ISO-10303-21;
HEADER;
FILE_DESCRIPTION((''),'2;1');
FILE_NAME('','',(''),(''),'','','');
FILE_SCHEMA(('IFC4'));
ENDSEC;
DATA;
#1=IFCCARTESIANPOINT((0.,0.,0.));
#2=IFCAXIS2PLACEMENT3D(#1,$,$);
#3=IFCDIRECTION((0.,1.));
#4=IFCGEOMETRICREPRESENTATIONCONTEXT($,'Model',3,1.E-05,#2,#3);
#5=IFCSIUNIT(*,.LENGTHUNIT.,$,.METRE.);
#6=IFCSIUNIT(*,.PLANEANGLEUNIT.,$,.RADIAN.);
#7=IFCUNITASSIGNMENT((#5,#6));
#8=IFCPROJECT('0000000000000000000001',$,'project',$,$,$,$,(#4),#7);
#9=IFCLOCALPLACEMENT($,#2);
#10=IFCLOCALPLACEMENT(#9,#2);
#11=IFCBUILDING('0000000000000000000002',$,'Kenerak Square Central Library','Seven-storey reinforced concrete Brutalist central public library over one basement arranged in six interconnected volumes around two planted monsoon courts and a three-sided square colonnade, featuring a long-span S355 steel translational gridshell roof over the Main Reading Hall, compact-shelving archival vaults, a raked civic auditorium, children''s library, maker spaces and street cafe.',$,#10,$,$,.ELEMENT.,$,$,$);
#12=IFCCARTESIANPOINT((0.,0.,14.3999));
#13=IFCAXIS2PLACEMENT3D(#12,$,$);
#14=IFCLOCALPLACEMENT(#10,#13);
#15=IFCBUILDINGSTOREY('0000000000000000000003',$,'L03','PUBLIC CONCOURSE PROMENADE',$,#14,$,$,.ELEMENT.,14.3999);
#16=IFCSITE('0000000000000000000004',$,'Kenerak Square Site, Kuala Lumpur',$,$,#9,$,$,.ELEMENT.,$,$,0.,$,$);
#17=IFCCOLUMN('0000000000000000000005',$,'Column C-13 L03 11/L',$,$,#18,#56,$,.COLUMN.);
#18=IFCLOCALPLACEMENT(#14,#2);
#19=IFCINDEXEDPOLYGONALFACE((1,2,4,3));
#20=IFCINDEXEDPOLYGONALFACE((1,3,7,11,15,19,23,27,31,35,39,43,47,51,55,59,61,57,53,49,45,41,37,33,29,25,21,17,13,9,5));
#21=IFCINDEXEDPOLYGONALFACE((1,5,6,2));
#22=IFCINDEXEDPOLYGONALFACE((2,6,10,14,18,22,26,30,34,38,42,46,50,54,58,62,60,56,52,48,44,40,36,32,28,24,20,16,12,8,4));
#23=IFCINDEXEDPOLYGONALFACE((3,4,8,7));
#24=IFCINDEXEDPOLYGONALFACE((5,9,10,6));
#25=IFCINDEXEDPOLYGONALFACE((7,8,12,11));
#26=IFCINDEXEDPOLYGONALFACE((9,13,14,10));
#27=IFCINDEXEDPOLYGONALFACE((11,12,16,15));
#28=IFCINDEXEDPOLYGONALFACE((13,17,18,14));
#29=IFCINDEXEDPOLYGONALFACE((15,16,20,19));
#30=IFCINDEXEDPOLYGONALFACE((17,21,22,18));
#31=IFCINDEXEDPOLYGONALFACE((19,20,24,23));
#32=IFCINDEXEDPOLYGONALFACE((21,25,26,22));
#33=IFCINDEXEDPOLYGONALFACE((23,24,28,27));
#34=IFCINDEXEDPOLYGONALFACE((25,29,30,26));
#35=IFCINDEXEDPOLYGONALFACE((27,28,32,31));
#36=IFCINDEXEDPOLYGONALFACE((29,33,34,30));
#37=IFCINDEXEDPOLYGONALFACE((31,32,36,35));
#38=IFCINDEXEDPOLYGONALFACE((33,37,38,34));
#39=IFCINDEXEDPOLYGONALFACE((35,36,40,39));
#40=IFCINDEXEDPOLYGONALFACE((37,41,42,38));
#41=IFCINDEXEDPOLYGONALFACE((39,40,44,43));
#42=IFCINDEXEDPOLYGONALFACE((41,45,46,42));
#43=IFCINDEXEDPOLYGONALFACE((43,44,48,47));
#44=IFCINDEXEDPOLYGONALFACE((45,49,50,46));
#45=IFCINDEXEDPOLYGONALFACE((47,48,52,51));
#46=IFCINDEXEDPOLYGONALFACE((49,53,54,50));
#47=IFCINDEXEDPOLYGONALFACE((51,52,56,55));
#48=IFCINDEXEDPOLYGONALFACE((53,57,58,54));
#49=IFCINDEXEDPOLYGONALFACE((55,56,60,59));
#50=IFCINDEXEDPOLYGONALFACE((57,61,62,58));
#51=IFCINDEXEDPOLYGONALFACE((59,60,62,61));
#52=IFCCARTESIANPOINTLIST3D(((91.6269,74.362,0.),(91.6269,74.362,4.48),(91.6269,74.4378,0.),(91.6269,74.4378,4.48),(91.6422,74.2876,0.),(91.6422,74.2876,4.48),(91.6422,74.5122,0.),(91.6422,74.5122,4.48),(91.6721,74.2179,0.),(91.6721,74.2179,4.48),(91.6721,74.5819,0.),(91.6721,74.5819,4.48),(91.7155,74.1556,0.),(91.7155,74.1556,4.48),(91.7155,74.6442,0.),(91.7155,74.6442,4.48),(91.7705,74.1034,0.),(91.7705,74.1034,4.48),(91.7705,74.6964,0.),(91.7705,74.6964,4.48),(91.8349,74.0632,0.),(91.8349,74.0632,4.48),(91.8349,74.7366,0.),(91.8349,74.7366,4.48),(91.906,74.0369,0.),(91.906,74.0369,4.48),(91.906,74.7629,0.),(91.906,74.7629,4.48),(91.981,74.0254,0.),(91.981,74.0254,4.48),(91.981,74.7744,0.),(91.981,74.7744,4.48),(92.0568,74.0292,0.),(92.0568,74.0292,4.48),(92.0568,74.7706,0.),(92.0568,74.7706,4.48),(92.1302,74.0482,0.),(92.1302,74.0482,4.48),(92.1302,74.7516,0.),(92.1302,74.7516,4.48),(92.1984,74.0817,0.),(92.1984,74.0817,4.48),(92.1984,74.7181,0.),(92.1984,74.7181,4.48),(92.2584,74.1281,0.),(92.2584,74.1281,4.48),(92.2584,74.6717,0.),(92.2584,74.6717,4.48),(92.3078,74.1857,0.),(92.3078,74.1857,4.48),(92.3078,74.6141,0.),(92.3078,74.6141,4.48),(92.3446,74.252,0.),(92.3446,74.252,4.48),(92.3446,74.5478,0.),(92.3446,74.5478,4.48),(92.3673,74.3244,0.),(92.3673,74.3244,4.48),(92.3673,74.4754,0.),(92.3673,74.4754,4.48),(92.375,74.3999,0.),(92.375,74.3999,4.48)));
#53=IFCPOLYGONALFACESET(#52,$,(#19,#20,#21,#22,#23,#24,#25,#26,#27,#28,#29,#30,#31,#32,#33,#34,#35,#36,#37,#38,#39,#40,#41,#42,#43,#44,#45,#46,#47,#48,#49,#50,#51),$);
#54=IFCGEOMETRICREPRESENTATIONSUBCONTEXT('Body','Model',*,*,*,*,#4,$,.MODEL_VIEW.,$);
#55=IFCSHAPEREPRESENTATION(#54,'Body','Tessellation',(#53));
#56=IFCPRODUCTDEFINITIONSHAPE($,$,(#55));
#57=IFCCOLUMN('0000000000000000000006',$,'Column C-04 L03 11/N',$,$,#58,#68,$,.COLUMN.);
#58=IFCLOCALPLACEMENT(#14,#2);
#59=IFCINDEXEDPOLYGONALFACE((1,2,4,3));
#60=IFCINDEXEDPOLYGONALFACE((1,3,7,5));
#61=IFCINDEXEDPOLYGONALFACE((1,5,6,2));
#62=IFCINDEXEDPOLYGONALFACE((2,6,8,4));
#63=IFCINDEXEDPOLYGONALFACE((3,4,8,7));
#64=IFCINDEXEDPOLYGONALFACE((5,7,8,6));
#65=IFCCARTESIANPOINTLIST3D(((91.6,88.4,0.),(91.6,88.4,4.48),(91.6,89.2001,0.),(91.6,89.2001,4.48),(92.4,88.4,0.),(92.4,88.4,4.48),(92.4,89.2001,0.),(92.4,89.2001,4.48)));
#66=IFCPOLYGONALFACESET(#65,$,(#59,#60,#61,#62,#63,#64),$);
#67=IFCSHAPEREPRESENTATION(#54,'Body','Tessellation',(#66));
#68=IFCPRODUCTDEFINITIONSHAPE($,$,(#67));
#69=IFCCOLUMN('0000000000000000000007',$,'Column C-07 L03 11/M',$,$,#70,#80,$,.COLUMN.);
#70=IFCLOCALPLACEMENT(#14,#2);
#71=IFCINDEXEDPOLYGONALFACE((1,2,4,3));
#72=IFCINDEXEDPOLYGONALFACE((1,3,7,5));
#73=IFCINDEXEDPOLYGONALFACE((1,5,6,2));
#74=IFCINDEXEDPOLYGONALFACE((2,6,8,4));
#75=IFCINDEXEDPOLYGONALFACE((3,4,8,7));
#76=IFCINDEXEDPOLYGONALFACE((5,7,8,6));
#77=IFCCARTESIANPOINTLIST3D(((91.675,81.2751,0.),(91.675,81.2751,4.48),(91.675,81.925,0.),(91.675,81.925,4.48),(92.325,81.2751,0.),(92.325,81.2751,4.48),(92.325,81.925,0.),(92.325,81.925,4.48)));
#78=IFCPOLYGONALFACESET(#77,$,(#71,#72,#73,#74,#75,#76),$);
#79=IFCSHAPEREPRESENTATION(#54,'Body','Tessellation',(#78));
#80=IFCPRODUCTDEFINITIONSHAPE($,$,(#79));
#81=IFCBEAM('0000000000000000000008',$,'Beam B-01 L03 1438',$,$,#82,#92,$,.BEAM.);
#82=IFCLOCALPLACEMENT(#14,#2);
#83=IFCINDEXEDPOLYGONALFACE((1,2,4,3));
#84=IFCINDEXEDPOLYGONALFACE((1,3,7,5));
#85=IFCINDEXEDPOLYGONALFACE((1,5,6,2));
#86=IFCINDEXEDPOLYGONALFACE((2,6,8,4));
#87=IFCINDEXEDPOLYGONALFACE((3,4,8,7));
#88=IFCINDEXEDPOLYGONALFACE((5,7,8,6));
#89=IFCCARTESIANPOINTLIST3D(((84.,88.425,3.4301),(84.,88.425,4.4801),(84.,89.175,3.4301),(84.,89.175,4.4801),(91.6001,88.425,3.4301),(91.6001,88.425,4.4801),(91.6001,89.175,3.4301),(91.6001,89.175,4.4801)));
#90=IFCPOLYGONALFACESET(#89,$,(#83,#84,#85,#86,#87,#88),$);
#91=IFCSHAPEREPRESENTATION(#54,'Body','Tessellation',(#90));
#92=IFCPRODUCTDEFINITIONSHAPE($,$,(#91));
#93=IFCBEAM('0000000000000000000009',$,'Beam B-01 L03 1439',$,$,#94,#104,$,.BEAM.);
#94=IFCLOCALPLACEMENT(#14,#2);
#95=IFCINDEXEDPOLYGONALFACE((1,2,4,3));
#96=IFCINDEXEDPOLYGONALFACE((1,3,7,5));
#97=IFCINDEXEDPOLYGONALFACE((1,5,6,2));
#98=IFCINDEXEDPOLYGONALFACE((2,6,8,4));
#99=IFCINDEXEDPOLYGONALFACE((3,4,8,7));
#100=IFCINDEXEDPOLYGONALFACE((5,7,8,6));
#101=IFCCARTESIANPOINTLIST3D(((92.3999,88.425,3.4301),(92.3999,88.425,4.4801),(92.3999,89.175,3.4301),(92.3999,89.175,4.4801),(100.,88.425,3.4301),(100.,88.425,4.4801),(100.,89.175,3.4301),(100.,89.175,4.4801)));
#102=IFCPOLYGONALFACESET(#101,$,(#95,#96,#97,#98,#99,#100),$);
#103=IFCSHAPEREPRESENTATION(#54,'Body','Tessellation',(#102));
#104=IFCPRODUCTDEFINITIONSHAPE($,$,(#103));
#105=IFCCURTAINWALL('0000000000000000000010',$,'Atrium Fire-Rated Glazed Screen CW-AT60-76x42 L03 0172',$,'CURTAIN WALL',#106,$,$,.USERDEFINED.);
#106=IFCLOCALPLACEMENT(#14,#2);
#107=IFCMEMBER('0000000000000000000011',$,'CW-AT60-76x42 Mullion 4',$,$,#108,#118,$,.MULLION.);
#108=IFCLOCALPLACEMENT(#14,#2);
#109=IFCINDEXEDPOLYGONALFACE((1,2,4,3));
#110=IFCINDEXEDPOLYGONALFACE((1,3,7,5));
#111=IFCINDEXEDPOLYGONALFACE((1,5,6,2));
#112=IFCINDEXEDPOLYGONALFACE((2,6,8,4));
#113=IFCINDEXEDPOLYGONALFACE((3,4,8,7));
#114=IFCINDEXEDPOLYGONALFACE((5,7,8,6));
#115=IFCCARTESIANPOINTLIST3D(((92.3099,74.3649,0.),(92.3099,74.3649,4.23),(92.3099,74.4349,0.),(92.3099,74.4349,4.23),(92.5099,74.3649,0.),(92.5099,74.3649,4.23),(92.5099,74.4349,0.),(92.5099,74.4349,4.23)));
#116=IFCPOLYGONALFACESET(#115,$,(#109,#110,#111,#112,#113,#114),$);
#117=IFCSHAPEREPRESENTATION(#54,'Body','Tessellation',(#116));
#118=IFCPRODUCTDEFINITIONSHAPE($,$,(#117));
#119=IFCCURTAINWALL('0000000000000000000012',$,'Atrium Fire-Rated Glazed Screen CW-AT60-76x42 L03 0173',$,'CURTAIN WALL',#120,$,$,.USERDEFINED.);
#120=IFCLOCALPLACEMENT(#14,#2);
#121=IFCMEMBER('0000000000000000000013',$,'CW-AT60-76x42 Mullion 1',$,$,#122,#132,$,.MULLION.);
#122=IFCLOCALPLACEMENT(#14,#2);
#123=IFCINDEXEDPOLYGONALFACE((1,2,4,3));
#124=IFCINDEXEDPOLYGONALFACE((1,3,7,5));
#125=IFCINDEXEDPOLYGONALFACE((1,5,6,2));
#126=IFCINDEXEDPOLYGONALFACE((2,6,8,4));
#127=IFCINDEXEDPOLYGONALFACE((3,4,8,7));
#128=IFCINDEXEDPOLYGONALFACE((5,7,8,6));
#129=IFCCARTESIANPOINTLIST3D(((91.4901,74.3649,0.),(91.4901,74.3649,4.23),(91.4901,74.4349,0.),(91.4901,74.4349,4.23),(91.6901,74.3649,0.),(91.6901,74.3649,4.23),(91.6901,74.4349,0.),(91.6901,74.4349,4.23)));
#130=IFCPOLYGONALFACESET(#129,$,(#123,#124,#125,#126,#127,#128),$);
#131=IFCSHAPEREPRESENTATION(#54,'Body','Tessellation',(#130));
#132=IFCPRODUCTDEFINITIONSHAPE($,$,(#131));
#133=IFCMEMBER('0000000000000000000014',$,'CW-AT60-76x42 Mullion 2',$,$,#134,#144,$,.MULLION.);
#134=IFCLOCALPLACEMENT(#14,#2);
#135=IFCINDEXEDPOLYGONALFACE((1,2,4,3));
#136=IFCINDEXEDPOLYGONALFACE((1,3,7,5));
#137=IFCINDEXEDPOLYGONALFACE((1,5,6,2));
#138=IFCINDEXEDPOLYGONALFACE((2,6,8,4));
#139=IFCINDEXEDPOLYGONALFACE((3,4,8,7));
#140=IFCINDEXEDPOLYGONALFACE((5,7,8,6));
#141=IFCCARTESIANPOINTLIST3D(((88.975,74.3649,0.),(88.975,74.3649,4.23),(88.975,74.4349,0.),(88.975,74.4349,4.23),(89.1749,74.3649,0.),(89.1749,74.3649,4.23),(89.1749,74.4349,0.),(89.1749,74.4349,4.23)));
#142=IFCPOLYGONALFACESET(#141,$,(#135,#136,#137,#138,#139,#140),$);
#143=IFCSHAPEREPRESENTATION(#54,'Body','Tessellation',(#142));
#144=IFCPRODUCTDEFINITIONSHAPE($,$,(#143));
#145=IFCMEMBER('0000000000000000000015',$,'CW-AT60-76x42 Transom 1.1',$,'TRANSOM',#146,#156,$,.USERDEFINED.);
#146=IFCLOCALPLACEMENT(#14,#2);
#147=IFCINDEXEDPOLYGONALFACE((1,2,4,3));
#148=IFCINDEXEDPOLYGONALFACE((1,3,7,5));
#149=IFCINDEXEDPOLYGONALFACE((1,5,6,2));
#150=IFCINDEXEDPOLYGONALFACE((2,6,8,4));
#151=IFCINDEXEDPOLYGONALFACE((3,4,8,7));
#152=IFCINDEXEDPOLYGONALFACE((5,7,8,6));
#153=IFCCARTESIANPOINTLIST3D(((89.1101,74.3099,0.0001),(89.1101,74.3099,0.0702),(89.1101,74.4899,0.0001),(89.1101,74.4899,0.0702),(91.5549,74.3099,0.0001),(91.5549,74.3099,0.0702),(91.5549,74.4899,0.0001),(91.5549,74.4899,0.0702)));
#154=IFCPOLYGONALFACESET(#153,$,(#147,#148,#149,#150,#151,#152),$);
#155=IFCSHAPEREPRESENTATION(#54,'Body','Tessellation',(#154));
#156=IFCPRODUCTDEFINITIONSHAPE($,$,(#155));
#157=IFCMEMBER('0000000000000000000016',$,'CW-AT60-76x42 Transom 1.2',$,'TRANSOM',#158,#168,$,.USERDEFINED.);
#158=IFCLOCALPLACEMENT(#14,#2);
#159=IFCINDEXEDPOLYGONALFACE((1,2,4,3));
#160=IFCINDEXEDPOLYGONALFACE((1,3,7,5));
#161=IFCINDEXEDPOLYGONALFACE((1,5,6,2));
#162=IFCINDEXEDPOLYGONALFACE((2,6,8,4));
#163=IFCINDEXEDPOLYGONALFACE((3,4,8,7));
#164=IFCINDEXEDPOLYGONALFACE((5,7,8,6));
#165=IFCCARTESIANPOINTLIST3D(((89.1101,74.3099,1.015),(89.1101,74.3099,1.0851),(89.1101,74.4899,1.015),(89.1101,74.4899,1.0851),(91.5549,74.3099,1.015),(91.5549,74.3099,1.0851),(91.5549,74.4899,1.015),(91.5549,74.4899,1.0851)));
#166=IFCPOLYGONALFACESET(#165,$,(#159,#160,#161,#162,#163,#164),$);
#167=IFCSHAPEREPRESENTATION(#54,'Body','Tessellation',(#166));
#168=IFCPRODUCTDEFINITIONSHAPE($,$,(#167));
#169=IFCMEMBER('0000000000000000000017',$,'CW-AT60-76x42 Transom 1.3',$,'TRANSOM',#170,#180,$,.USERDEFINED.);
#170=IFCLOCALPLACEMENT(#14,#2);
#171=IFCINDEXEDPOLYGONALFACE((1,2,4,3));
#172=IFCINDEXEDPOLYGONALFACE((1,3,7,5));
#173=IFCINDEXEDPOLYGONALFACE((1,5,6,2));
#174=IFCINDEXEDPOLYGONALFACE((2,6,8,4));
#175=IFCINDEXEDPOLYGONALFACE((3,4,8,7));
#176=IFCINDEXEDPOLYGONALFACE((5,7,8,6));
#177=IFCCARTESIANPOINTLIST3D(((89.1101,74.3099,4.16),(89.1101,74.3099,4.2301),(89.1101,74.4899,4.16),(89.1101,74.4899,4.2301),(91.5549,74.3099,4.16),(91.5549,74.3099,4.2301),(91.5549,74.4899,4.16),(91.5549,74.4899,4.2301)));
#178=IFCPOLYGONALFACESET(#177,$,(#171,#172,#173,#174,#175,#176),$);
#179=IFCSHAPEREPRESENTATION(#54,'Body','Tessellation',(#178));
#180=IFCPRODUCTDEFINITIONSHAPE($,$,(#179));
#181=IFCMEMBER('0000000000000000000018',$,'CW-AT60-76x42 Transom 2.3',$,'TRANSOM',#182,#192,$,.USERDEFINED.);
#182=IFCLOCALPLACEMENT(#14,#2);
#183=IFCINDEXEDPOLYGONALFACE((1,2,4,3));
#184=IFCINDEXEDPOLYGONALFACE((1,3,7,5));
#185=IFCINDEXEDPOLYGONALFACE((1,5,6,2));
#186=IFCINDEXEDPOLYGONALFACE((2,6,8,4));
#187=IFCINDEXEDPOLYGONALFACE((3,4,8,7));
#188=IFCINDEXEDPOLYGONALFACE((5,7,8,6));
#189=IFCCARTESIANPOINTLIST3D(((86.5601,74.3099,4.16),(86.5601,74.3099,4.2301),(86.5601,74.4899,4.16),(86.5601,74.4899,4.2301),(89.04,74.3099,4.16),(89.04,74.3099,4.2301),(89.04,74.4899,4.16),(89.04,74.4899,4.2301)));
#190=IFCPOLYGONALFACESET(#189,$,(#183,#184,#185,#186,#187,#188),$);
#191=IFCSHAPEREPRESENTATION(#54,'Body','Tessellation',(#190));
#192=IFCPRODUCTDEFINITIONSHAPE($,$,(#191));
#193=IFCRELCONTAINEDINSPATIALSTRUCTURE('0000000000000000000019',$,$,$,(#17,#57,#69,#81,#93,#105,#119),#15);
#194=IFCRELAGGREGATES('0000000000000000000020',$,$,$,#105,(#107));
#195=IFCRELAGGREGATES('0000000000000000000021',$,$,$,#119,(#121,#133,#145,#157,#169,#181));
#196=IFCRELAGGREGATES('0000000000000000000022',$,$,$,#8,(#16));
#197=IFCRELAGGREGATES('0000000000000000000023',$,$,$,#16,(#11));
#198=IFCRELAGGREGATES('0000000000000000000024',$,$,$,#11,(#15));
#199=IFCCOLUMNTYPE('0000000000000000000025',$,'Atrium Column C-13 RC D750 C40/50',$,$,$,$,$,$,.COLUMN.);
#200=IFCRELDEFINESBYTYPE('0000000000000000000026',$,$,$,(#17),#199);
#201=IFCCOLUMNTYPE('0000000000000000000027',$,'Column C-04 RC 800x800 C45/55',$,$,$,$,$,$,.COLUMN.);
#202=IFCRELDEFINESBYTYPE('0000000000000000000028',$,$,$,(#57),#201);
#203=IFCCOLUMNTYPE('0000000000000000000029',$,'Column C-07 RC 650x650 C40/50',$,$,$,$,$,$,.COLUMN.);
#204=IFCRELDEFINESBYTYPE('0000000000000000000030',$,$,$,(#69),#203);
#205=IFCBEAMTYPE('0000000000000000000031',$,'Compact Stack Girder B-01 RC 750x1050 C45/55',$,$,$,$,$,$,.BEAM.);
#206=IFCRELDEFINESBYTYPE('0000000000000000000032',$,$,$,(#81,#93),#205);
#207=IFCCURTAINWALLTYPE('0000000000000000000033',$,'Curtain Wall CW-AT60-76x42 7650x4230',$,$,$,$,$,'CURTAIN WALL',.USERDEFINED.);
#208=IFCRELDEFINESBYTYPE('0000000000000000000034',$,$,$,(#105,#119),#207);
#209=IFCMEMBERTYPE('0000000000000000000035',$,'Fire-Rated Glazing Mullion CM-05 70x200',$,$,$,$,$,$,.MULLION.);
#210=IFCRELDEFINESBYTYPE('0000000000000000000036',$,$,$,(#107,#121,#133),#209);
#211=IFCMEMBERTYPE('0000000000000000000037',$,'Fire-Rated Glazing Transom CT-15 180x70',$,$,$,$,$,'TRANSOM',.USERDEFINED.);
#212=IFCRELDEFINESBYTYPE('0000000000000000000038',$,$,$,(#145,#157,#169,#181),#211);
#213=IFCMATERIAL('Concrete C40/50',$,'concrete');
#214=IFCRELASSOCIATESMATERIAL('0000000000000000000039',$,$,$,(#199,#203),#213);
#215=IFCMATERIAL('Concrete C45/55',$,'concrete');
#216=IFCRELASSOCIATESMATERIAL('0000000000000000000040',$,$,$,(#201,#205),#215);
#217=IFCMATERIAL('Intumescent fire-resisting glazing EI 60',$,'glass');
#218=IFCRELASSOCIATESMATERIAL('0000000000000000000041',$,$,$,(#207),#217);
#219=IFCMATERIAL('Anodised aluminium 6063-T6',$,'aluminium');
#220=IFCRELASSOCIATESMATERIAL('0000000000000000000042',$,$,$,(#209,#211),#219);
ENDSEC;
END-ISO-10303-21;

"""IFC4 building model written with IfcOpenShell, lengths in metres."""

from ifc_helpers import new_model, si_unit, direction, frame, origin, origin_2d, place, context, subcontext, project, spatial, rectangle, circle, extrude, material, material_profile, profile_set, type_object, element, aggregate, save


model = new_model("IFC4")

# Units and contexts
model_context = context("Model", 3, precision=1e-05, world=origin(), true_north=direction((0.0, 1.0)))
body_context = subcontext(model_context, "Body", "Model", "MODEL_VIEW")
ifc_project = project(units=[si_unit("LENGTHUNIT", "METRE"), si_unit("PLANEANGLEUNIT", "RADIAN")], contexts=[model_context])

# Site, building, storey
site_placement = place(None, origin())
site = spatial("IfcSite", under=ifc_project, at=site_placement, Name="Kenerak Square Site, Kuala Lumpur", CompositionType="ELEMENT", RefElevation=0.0)
building_placement = place(site_placement, origin())
building = spatial("IfcBuilding", under=site, at=building_placement, Name="Kenerak Square Central Library", Description="Seven-storey reinforced concrete Brutalist central public library over one basement arranged in six interconnected volumes around two planted monsoon courts and a three-sided square colonnade, featuring a long-span S355 steel translational gridshell roof over the Main Reading Hall, compact-shelving archival vaults, a raked civic auditorium, children's library, maker spaces and street cafe.", CompositionType="ELEMENT")
storey_placement = place(building_placement, frame((0.0, 0.0, 14.3999)))
storey = spatial("IfcBuildingStorey", under=building, at=storey_placement, Name="L03", Description="PUBLIC CONCOURSE PROMENADE", CompositionType="ELEMENT", Elevation=14.3999)

# Columns
ifc_material_1 = material(Name="Concrete C40/50", Category="concrete")
ifc_material_profile_1 = material_profile(ifc_material_1, circle(Radius=0.375, at=origin_2d()), Name="RC D750")
ifc_profile_set_1 = profile_set([ifc_material_profile_1], Name="Concrete C40/50")
column_type_1 = type_object("IfcColumnType", Name="Atrium Column C-13 RC D750 C40/50", PredefinedType="COLUMN", material=ifc_profile_set_1)
column_1_placement = place(storey_placement, frame((92.0, 74.3999, 0.0), z_axis=(0.0, 0.0, 1.0), x_axis=(1.0, 0.0, 0.0)))
element("IfcColumn", 1, at=column_1_placement, inside=storey, type_object=column_type_1, Name="Column C-13 L03 11/L", PredefinedType="COLUMN", context=body_context, shape_type="SweptSolid", body=[
    extrude(circle(Radius=0.375, at=origin_2d()), origin(), (0.0, 0.0, 1.0), 4.48),
])
ifc_material_2 = material(Name="Concrete C45/55", Category="concrete")
ifc_material_profile_2 = material_profile(ifc_material_2, rectangle(XDim=0.8, YDim=0.8, at=origin_2d()), Name="RC 800x800")
ifc_profile_set_2 = profile_set([ifc_material_profile_2], Name="Concrete C45/55")
column_type_2 = type_object("IfcColumnType", Name="Column C-04 RC 800x800 C45/55", PredefinedType="COLUMN", material=ifc_profile_set_2)
column_2_placement = place(storey_placement, frame((92.0, 88.8, 0.0), z_axis=(0.0, 0.0, 1.0), x_axis=(1.0, 0.0, 0.0)))
element("IfcColumn", 2, at=column_2_placement, inside=storey, type_object=column_type_2, Name="Column C-04 L03 11/N", PredefinedType="COLUMN", context=body_context, shape_type="SweptSolid", body=[
    extrude(rectangle(XDim=0.8, YDim=0.8, at=origin_2d()), origin(), (0.0, 0.0, 1.0), 4.48),
])
ifc_material_profile_3 = material_profile(ifc_material_1, rectangle(XDim=0.6499, YDim=0.6499, at=origin_2d()), Name="RC 650x650")
ifc_profile_set_3 = profile_set([ifc_material_profile_3], Name="Concrete C40/50")
column_type_3 = type_object("IfcColumnType", Name="Column C-07 RC 650x650 C40/50", PredefinedType="COLUMN", material=ifc_profile_set_3)
column_3_placement = place(storey_placement, frame((92.0, 81.6001, 0.0), z_axis=(0.0, 0.0, 1.0), x_axis=(1.0, 0.0, 0.0)))
element("IfcColumn", 3, at=column_3_placement, inside=storey, type_object=column_type_3, Name="Column C-07 L03 11/M", PredefinedType="COLUMN", context=body_context, shape_type="SweptSolid", body=[
    extrude(rectangle(XDim=0.6499, YDim=0.6499, at=origin_2d()), origin(), (0.0, 0.0, 1.0), 4.48),
])

# Beams
ifc_material_profile_4 = material_profile(ifc_material_2, rectangle(XDim=0.75, YDim=1.05, at=origin_2d()), Name="RC 750x1050")
ifc_profile_set_4 = profile_set([ifc_material_profile_4], Name="Concrete C45/55")
beam_type_1 = type_object("IfcBeamType", Name="Compact Stack Girder B-01 RC 750x1050 C45/55", PredefinedType="BEAM", material=ifc_profile_set_4)
for number, where, z_axis, x_axis, name in (
    (4, (84.0, 88.8, 3.9551), (1.0, 0.0, 0.0), (0.0, 1.0, 0.0), "Beam B-01 L03 1438"),
    (5, (92.3999, 88.8, 3.9551), (1.0, 0.0, 0.0), (0.0, 1.0, 0.0), "Beam B-01 L03 1439"),
):
    element("IfcBeam", number, at=place(storey_placement, frame(where, z_axis=z_axis, x_axis=x_axis)), inside=storey, type_object=beam_type_1, Name=name, PredefinedType="BEAM", context=body_context, shape_type="SweptSolid", body=[
        extrude(rectangle(XDim=0.75, YDim=1.05, at=origin_2d()), origin(), (0.0, 0.0, 1.0), 7.6001),
    ])

# Curtain wall, member
ifc_material_3 = material(Name="Intumescent fire-resisting glazing EI 60", Category="glass")
curtain_wall_type = type_object("IfcCurtainWallType", Name="Curtain Wall CW-AT60-76x42 7650x4230", ElementType="CURTAIN WALL", PredefinedType="USERDEFINED", material=ifc_material_3)
curtain_wall_1_placement = place(storey_placement, origin())
curtain_wall_1 = element("IfcCurtainWall", 6, at=curtain_wall_1_placement, inside=storey, type_object=curtain_wall_type, Name="Atrium Fire-Rated Glazed Screen CW-AT60-76x42 L03 0172", ObjectType="CURTAIN WALL", PredefinedType="USERDEFINED")
ifc_material_4 = material(Name="Anodised aluminium 6063-T6", Category="aluminium")
ifc_material_profile_5 = material_profile(ifc_material_4, rectangle(XDim=0.0701, YDim=0.2, at=origin_2d()), Name="AL MULLION 70x200")
ifc_profile_set_5 = profile_set([ifc_material_profile_5], Name="Anodised aluminium 6063-T6")
member_type_1 = type_object("IfcMemberType", Name="Fire-Rated Glazing Mullion CM-05 70x200", PredefinedType="MULLION", material=ifc_profile_set_5)
member_1_placement = place(storey_placement, frame((92.4099, 74.3999, 0.0), z_axis=(0.0, 0.0, 1.0), x_axis=(0.0, -1.0, 0.0)))
member_1 = element("IfcMember", 7, at=member_1_placement, type_object=member_type_1, Name="CW-AT60-76x42 Mullion 4", PredefinedType="MULLION", context=body_context, shape_type="SweptSolid", body=[
    extrude(rectangle(XDim=0.0701, YDim=0.2, at=origin_2d()), origin(), (0.0, 0.0, 1.0), 4.23),
])
aggregate(curtain_wall_1, [member_1])

# Curtain wall, members
curtain_wall_2_placement = place(storey_placement, origin())
curtain_wall_2 = element("IfcCurtainWall", 8, at=curtain_wall_2_placement, inside=storey, type_object=curtain_wall_type, Name="Atrium Fire-Rated Glazed Screen CW-AT60-76x42 L03 0173", ObjectType="CURTAIN WALL", PredefinedType="USERDEFINED")
member_2_placement = place(storey_placement, frame((91.5901, 74.3999, 0.0), z_axis=(0.0, 0.0, 1.0), x_axis=(0.0, -1.0, 0.0)))
member_2 = element("IfcMember", 9, at=member_2_placement, type_object=member_type_1, Name="CW-AT60-76x42 Mullion 1", PredefinedType="MULLION", context=body_context, shape_type="SweptSolid", body=[
    extrude(rectangle(XDim=0.0701, YDim=0.2, at=origin_2d()), origin(), (0.0, 0.0, 1.0), 4.23),
])
member_3_placement = place(storey_placement, frame((89.075, 74.3999, 0.0), z_axis=(0.0, 0.0, 1.0), x_axis=(0.0, -1.0, 0.0)))
member_3 = element("IfcMember", 10, at=member_3_placement, type_object=member_type_1, Name="CW-AT60-76x42 Mullion 2", PredefinedType="MULLION", context=body_context, shape_type="SweptSolid", body=[
    extrude(rectangle(XDim=0.0701, YDim=0.2, at=origin_2d()), origin(), (0.0, 0.0, 1.0), 4.23),
])
ifc_material_profile_6 = material_profile(ifc_material_4, rectangle(XDim=0.1799, YDim=0.0701, at=origin_2d()), Name="AL TRANSOM 180x70")
ifc_profile_set_6 = profile_set([ifc_material_profile_6], Name="Anodised aluminium 6063-T6")
member_type_2 = type_object("IfcMemberType", Name="Fire-Rated Glazing Transom CT-15 180x70", ElementType="TRANSOM", PredefinedType="USERDEFINED", material=ifc_profile_set_6)
member_4_placement = place(storey_placement, frame((91.5549, 74.3999, 0.0352), z_axis=(-1.0, 0.0, 0.0), x_axis=(0.0, -1.0, 0.0)))
member_4 = element("IfcMember", 11, at=member_4_placement, type_object=member_type_2, Name="CW-AT60-76x42 Transom 1.1", ObjectType="TRANSOM", PredefinedType="USERDEFINED", context=body_context, shape_type="SweptSolid", body=[
    extrude(rectangle(XDim=0.1799, YDim=0.0701, at=origin_2d()), origin(), (0.0, 0.0, 1.0), 2.4448),
])
member_5_placement = place(storey_placement, frame((91.5549, 74.3999, 1.05), z_axis=(-1.0, 0.0, 0.0), x_axis=(0.0, -1.0, 0.0)))
member_5 = element("IfcMember", 12, at=member_5_placement, type_object=member_type_2, Name="CW-AT60-76x42 Transom 1.2", ObjectType="TRANSOM", PredefinedType="USERDEFINED", context=body_context, shape_type="SweptSolid", body=[
    extrude(rectangle(XDim=0.1799, YDim=0.0701, at=origin_2d()), origin(), (0.0, 0.0, 1.0), 2.4448),
])
member_6_placement = place(storey_placement, frame((91.5549, 74.3999, 4.1951), z_axis=(-1.0, 0.0, 0.0), x_axis=(0.0, -1.0, 0.0)))
member_6 = element("IfcMember", 13, at=member_6_placement, type_object=member_type_2, Name="CW-AT60-76x42 Transom 1.3", ObjectType="TRANSOM", PredefinedType="USERDEFINED", context=body_context, shape_type="SweptSolid", body=[
    extrude(rectangle(XDim=0.1799, YDim=0.0701, at=origin_2d()), origin(), (0.0, 0.0, 1.0), 2.4448),
])
member_7_placement = place(storey_placement, frame((89.04, 74.3999, 4.1951), z_axis=(-1.0, 0.0, 0.0), x_axis=(0.0, -1.0, 0.0)))
member_7 = element("IfcMember", 14, at=member_7_placement, type_object=member_type_2, Name="CW-AT60-76x42 Transom 2.3", ObjectType="TRANSOM", PredefinedType="USERDEFINED", context=body_context, shape_type="SweptSolid", body=[
    extrude(rectangle(XDim=0.1799, YDim=0.0701, at=origin_2d()), origin(), (0.0, 0.0, 1.0), 2.48),
])

aggregate(curtain_wall_2, [member_2, member_3, member_4, member_5, member_6, member_7])

save(model, "model.ifc")
